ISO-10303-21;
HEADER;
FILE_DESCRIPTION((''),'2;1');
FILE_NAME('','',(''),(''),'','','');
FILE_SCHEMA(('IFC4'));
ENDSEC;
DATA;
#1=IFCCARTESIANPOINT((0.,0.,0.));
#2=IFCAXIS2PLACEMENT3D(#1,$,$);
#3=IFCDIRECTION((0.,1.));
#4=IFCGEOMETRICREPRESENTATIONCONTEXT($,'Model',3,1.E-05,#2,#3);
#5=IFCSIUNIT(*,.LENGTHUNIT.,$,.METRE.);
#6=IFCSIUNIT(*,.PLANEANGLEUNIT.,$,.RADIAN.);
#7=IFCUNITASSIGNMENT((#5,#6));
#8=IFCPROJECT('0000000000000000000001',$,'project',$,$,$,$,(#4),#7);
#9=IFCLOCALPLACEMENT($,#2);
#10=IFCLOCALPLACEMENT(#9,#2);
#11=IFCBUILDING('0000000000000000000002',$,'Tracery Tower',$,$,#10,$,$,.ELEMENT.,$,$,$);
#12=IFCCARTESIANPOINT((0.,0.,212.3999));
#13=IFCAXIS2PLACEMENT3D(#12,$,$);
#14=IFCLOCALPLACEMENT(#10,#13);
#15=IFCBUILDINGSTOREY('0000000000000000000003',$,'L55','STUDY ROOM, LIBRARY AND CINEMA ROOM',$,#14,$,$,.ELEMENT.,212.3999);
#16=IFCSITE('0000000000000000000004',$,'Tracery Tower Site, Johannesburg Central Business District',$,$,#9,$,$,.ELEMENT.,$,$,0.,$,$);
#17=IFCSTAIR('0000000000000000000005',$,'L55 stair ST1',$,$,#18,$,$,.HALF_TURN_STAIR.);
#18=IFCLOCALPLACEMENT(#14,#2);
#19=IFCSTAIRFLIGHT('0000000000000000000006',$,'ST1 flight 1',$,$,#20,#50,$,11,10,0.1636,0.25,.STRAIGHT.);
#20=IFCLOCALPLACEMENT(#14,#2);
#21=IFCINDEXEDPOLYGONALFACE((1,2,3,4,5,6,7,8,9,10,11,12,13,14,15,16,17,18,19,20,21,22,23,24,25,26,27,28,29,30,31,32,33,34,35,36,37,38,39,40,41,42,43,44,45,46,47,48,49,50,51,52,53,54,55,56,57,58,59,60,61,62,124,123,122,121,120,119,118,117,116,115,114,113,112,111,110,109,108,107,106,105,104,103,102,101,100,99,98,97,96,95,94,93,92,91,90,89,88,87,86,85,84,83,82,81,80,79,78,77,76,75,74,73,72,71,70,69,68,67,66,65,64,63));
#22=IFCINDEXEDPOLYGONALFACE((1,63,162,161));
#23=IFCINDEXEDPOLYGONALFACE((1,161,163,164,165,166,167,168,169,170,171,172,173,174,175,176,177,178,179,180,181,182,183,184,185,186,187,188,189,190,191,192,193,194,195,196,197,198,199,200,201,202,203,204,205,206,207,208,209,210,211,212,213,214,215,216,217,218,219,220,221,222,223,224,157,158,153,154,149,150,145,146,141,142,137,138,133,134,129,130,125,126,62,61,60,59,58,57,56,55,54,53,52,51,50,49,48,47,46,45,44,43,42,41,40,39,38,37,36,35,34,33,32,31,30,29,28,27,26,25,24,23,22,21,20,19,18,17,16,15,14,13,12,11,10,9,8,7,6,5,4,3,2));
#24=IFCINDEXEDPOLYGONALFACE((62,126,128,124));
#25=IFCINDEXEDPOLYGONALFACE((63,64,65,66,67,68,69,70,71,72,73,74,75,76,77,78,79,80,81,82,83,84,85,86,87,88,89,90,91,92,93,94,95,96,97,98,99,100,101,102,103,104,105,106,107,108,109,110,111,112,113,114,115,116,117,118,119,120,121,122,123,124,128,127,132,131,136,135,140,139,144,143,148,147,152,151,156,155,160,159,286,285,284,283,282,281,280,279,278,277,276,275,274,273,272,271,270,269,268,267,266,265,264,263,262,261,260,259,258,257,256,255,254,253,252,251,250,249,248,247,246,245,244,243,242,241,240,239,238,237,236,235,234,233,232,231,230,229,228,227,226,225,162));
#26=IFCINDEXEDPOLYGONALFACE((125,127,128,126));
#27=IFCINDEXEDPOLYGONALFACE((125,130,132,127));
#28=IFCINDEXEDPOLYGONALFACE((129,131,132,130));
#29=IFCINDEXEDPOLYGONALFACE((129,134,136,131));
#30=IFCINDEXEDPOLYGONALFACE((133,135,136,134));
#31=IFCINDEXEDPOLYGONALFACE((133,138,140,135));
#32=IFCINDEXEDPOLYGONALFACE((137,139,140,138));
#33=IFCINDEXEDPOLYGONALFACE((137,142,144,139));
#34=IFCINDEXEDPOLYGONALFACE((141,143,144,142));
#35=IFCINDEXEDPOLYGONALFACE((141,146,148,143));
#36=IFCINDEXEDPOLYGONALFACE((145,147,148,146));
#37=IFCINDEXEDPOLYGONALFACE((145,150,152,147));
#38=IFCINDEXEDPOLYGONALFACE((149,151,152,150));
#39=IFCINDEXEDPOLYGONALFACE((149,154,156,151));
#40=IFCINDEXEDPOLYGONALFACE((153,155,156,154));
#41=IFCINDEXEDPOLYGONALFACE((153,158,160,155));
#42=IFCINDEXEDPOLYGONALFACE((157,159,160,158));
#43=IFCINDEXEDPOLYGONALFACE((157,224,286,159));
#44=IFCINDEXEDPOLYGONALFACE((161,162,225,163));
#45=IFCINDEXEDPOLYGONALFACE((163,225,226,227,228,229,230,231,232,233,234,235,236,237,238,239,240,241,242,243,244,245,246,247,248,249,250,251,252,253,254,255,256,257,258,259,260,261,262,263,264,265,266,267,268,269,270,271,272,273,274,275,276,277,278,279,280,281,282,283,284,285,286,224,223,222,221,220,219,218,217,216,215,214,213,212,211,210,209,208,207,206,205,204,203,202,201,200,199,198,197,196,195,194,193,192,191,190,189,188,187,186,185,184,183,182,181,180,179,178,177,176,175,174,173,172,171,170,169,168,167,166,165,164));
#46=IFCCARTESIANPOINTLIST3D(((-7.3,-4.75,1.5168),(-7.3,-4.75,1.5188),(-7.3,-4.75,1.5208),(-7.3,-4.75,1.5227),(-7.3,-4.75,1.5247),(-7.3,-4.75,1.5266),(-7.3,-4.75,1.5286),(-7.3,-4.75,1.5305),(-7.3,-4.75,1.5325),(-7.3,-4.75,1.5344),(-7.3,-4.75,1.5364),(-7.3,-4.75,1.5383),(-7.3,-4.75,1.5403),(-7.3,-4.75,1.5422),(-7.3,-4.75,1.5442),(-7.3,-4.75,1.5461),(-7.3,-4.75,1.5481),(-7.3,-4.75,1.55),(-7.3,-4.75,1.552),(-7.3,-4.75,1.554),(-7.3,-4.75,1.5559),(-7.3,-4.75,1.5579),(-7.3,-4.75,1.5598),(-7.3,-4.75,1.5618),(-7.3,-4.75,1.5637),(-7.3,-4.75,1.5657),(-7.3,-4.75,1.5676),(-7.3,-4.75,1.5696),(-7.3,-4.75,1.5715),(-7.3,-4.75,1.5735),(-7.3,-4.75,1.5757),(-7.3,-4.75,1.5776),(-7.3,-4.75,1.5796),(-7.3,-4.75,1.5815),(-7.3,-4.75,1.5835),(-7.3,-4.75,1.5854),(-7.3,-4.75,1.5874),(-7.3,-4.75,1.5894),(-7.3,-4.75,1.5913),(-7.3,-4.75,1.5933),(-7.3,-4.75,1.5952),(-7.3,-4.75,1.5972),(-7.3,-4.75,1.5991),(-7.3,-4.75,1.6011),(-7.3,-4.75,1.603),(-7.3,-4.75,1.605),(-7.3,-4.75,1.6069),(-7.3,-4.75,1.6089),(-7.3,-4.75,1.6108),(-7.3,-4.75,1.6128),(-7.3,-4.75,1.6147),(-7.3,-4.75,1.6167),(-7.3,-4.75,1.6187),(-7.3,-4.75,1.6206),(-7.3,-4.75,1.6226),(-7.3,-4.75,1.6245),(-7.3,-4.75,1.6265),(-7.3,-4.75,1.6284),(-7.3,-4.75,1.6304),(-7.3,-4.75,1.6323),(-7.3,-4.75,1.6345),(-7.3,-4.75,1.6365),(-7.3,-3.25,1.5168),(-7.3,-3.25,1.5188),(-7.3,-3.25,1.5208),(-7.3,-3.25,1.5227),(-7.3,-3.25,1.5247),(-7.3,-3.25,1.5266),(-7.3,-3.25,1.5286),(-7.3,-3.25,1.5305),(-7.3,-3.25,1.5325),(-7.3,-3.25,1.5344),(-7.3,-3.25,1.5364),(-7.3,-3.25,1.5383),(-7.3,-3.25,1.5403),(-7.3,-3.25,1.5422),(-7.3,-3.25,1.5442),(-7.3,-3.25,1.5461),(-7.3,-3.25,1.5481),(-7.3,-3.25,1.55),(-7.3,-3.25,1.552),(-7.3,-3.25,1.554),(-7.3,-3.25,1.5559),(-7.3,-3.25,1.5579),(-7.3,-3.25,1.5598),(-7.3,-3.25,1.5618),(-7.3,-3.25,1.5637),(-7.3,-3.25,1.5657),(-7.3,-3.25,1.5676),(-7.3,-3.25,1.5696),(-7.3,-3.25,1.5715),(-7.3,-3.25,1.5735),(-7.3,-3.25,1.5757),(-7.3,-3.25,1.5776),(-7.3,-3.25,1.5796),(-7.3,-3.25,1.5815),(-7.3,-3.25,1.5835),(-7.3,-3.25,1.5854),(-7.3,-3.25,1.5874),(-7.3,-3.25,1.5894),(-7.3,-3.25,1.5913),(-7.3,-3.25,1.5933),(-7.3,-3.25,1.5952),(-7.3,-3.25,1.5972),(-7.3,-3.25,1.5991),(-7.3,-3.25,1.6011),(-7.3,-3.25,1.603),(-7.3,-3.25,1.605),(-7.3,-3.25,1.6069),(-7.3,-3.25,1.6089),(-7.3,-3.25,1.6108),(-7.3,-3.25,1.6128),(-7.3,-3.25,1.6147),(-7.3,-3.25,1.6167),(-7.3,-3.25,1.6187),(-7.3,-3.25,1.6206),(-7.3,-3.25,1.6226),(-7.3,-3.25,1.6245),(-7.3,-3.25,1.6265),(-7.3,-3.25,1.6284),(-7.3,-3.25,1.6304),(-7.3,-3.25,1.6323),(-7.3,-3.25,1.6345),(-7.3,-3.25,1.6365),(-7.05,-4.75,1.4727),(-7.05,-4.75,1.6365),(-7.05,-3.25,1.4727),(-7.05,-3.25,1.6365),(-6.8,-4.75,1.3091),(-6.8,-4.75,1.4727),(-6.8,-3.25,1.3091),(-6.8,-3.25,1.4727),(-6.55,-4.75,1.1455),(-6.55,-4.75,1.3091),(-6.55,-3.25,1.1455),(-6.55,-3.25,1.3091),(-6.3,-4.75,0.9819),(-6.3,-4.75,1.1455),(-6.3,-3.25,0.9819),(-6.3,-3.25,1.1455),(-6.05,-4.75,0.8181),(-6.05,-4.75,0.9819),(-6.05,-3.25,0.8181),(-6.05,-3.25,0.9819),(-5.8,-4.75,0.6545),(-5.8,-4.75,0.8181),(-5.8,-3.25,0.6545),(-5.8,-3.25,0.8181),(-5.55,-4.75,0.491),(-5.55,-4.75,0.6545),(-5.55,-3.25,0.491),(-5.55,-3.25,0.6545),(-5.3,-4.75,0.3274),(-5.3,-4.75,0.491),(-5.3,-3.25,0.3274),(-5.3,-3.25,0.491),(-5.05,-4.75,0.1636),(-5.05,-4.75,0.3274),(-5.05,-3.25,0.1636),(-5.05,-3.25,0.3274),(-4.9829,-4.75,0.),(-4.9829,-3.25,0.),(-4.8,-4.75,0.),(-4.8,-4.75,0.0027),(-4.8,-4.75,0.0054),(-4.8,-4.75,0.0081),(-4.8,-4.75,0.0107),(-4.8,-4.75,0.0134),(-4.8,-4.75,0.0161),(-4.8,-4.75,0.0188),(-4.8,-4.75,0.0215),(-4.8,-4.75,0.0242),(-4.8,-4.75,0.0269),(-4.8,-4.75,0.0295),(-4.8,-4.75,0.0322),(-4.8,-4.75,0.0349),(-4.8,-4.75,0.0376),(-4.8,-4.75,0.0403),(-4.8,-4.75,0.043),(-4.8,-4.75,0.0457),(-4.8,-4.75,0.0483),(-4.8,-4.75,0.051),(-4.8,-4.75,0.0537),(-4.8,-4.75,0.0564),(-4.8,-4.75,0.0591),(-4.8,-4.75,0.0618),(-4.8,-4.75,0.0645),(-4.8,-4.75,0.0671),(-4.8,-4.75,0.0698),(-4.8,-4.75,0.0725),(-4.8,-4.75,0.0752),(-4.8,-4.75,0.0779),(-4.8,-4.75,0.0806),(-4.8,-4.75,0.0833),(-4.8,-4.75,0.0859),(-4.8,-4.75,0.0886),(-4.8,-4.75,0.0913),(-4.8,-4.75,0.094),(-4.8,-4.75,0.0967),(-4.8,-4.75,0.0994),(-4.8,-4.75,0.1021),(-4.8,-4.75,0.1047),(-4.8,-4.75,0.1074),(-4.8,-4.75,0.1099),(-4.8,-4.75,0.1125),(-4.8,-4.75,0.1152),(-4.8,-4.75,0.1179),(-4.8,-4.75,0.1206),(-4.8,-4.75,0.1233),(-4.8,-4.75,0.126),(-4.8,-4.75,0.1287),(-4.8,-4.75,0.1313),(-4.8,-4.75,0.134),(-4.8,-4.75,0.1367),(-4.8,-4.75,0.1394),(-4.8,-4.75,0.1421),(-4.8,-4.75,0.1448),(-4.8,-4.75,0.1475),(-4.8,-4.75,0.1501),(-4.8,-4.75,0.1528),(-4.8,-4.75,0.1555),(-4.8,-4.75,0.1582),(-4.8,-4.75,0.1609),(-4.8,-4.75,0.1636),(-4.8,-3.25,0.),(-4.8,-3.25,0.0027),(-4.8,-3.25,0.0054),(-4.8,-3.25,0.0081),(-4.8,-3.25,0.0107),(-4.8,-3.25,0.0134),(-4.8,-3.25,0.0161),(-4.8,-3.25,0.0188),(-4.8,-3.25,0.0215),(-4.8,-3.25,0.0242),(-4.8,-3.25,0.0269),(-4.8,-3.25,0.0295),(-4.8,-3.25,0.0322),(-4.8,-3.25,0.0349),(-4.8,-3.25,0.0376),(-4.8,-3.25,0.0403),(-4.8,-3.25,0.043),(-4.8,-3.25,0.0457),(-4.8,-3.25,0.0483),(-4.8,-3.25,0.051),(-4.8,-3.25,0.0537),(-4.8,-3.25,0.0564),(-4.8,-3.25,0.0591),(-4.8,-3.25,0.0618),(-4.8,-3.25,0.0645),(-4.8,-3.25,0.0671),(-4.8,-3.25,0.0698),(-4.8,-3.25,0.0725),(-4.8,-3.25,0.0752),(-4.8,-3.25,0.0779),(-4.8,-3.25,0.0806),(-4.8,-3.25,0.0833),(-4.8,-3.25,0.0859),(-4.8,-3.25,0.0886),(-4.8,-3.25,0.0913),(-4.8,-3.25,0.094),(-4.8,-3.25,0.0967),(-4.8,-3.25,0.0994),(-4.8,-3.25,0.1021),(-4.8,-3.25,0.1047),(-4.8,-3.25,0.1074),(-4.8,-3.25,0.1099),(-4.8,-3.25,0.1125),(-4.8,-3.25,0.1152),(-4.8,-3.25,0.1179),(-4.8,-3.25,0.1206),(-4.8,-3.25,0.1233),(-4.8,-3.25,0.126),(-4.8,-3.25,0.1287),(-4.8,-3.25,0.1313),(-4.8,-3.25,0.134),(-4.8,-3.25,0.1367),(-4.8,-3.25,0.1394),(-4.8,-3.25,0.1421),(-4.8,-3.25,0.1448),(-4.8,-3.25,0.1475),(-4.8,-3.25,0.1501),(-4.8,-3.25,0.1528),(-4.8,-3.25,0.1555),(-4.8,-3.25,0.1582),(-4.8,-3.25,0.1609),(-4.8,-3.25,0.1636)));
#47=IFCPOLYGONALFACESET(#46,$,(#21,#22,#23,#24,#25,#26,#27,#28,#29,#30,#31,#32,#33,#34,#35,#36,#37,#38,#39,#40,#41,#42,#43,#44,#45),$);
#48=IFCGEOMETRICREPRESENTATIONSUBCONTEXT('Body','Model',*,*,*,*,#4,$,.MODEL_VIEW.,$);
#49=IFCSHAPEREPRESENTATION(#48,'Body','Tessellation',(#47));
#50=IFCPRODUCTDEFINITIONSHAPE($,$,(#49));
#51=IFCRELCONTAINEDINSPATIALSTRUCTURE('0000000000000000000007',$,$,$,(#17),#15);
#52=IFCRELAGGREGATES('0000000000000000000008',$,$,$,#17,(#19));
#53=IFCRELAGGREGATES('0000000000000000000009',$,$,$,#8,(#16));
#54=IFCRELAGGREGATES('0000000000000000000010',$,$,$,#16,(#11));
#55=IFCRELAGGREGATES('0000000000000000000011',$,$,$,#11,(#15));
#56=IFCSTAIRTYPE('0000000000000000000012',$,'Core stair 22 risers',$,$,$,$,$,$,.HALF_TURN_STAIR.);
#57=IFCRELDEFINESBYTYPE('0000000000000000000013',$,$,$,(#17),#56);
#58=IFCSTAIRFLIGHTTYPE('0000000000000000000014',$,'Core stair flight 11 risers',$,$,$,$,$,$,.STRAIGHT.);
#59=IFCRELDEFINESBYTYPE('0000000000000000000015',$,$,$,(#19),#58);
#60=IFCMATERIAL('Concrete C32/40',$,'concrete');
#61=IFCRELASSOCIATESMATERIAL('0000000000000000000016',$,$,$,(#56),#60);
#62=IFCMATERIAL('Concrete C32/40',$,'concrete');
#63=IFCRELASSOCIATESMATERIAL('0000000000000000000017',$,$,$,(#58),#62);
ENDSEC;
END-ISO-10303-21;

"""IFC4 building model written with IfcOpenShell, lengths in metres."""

from ifc_helpers import new_model, si_unit, direction, frame, origin, place, context, subcontext, project, spatial, polyline, outline, extrude, material, type_object, element, aggregate, save


model = new_model("IFC4")

# Units and contexts
model_context = context("Model", 3, precision=1e-05, world=origin(), true_north=direction((0.0, 1.0)))
body_context = subcontext(model_context, "Body", "Model", "MODEL_VIEW")
ifc_project = project(units=[si_unit("LENGTHUNIT", "METRE"), si_unit("PLANEANGLEUNIT", "RADIAN")], contexts=[model_context])

# Site, building, storey
site_placement = place(None, origin())
site = spatial("IfcSite", under=ifc_project, at=site_placement, Name="Tracery Tower Site, Johannesburg Central Business District", CompositionType="ELEMENT", RefElevation=0.0)
building_placement = place(site_placement, origin())
building = spatial("IfcBuilding", under=site, at=building_placement, Name="Tracery Tower", CompositionType="ELEMENT")
storey_placement = place(building_placement, frame((0.0, 0.0, 212.3999)))
storey = spatial("IfcBuildingStorey", under=building, at=storey_placement, Name="L55", Description="STUDY ROOM, LIBRARY AND CINEMA ROOM", CompositionType="ELEMENT", Elevation=212.3999)

# Stair, stair flight
ifc_material_1 = material(Name="Concrete C32/40", Category="concrete")
stair_type = type_object("IfcStairType", Name="Core stair 22 risers", PredefinedType="HALF_TURN_STAIR", material=ifc_material_1)
stair_placement = place(storey_placement, origin())
stair = element("IfcStair", 1, at=stair_placement, inside=storey, type_object=stair_type, Name="L55 stair ST1", PredefinedType="HALF_TURN_STAIR")
ifc_material_2 = material(Name="Concrete C32/40", Category="concrete")
stair_flight_type = type_object("IfcStairFlightType", Name="Core stair flight 11 risers", PredefinedType="STRAIGHT", material=ifc_material_2)
stair_flight_1_placement = place(storey_placement, frame((-4.8, -4.0, 0.0), z_axis=(0.0, 0.0, 1.0), x_axis=(-1.0, 0.0, 0.0)))
stair_flight_1 = element("IfcStairFlight", 2, at=stair_flight_1_placement, type_object=stair_flight_type, Name="ST1 flight 1", NumberOfRisers=11, NumberOfTreads=10, PredefinedType="STRAIGHT", RiserHeight=0.1636, TreadLength=0.25, context=body_context, shape_type="SweptSolid", body=[
    extrude(outline(polyline([(0.0, 0.0), (0.0, 0.0027), (0.0, 0.0054), (0.0, 0.0081), (0.0, 0.0107), (0.0, 0.0134), (0.0, 0.0161), (0.0, 0.0188), (0.0, 0.0215), (0.0, 0.0242), (0.0, 0.0269), (0.0, 0.0295), (0.0, 0.0322), (0.0, 0.0349), (0.0, 0.0376), (0.0, 0.0403), (0.0, 0.043), (0.0, 0.0457), (0.0, 0.0483), (0.0, 0.051), (0.0, 0.0537), (0.0, 0.0564), (0.0, 0.0591), (0.0, 0.0618), (0.0, 0.0645), (0.0, 0.0671), (0.0, 0.0698), (0.0, 0.0725), (0.0, 0.0752), (0.0, 0.0779), (0.0, 0.0806), (0.0, 0.0833), (0.0, 0.0859), (0.0, 0.0886), (0.0, 0.0913), (0.0, 0.094), (0.0, 0.0967), (0.0, 0.0994), (0.0, 0.1021), (0.0, 0.1047), (0.0, 0.1074), (0.0, 0.1099), (0.0, 0.1125), (0.0, 0.1152), (0.0, 0.1179), (0.0, 0.1206), (0.0, 0.1233), (0.0, 0.126), (0.0, 0.1287), (0.0, 0.1313), (0.0, 0.134), (0.0, 0.1367), (0.0, 0.1394), (0.0, 0.1421), (0.0, 0.1448), (0.0, 0.1475), (0.0, 0.1501), (0.0, 0.1528), (0.0, 0.1555), (0.0, 0.1582), (0.0, 0.1609), (0.0, 0.1636), (0.25, 0.1636), (0.25, 0.3274), (0.5, 0.3274), (0.5, 0.491), (0.75, 0.491), (0.75, 0.6545), (1.0, 0.6545), (1.0, 0.8181), (1.25, 0.8181), (1.25, 0.9819), (1.5, 0.9819), (1.5, 1.1455), (1.75, 1.1455), (1.75, 1.3091), (2.0, 1.3091), (2.0, 1.4727), (2.25, 1.4727), (2.25, 1.6365), (2.5, 1.6365), (2.5, 1.6345), (2.5, 1.6323), (2.5, 1.6304), (2.5, 1.6284), (2.5, 1.6265), (2.5, 1.6245), (2.5, 1.6226), (2.5, 1.6206), (2.5, 1.6187), (2.5, 1.6167), (2.5, 1.6147), (2.5, 1.6128), (2.5, 1.6108), (2.5, 1.6089), (2.5, 1.6069), (2.5, 1.605), (2.5, 1.603), (2.5, 1.6011), (2.5, 1.5991), (2.5, 1.5972), (2.5, 1.5952), (2.5, 1.5933), (2.5, 1.5913), (2.5, 1.5894), (2.5, 1.5874), (2.5, 1.5854), (2.5, 1.5835), (2.5, 1.5815), (2.5, 1.5796), (2.5, 1.5776), (2.5, 1.5757), (2.5, 1.5735), (2.5, 1.5715), (2.5, 1.5696), (2.5, 1.5676), (2.5, 1.5657), (2.5, 1.5637), (2.5, 1.5618), (2.5, 1.5598), (2.5, 1.5579), (2.5, 1.5559), (2.5, 1.554), (2.5, 1.552), (2.5, 1.55), (2.5, 1.5481), (2.5, 1.5461), (2.5, 1.5442), (2.5, 1.5422), (2.5, 1.5403), (2.5, 1.5383), (2.5, 1.5364), (2.5, 1.5344), (2.5, 1.5325), (2.5, 1.5305), (2.5, 1.5286), (2.5, 1.5266), (2.5, 1.5247), (2.5, 1.5227), (2.5, 1.5208), (2.5, 1.5188), (2.5, 1.5168), (0.1829, 0.0), (0.0, 0.0)])), frame((0.0, 0.75, 0.0), z_axis=(0.0, -1.0, 0.0), x_axis=(1.0, 0.0, 0.0)), (0.0, 0.0, 1.0), 1.5),
])
aggregate(stair, [stair_flight_1])

save(model, "model.ifc")
